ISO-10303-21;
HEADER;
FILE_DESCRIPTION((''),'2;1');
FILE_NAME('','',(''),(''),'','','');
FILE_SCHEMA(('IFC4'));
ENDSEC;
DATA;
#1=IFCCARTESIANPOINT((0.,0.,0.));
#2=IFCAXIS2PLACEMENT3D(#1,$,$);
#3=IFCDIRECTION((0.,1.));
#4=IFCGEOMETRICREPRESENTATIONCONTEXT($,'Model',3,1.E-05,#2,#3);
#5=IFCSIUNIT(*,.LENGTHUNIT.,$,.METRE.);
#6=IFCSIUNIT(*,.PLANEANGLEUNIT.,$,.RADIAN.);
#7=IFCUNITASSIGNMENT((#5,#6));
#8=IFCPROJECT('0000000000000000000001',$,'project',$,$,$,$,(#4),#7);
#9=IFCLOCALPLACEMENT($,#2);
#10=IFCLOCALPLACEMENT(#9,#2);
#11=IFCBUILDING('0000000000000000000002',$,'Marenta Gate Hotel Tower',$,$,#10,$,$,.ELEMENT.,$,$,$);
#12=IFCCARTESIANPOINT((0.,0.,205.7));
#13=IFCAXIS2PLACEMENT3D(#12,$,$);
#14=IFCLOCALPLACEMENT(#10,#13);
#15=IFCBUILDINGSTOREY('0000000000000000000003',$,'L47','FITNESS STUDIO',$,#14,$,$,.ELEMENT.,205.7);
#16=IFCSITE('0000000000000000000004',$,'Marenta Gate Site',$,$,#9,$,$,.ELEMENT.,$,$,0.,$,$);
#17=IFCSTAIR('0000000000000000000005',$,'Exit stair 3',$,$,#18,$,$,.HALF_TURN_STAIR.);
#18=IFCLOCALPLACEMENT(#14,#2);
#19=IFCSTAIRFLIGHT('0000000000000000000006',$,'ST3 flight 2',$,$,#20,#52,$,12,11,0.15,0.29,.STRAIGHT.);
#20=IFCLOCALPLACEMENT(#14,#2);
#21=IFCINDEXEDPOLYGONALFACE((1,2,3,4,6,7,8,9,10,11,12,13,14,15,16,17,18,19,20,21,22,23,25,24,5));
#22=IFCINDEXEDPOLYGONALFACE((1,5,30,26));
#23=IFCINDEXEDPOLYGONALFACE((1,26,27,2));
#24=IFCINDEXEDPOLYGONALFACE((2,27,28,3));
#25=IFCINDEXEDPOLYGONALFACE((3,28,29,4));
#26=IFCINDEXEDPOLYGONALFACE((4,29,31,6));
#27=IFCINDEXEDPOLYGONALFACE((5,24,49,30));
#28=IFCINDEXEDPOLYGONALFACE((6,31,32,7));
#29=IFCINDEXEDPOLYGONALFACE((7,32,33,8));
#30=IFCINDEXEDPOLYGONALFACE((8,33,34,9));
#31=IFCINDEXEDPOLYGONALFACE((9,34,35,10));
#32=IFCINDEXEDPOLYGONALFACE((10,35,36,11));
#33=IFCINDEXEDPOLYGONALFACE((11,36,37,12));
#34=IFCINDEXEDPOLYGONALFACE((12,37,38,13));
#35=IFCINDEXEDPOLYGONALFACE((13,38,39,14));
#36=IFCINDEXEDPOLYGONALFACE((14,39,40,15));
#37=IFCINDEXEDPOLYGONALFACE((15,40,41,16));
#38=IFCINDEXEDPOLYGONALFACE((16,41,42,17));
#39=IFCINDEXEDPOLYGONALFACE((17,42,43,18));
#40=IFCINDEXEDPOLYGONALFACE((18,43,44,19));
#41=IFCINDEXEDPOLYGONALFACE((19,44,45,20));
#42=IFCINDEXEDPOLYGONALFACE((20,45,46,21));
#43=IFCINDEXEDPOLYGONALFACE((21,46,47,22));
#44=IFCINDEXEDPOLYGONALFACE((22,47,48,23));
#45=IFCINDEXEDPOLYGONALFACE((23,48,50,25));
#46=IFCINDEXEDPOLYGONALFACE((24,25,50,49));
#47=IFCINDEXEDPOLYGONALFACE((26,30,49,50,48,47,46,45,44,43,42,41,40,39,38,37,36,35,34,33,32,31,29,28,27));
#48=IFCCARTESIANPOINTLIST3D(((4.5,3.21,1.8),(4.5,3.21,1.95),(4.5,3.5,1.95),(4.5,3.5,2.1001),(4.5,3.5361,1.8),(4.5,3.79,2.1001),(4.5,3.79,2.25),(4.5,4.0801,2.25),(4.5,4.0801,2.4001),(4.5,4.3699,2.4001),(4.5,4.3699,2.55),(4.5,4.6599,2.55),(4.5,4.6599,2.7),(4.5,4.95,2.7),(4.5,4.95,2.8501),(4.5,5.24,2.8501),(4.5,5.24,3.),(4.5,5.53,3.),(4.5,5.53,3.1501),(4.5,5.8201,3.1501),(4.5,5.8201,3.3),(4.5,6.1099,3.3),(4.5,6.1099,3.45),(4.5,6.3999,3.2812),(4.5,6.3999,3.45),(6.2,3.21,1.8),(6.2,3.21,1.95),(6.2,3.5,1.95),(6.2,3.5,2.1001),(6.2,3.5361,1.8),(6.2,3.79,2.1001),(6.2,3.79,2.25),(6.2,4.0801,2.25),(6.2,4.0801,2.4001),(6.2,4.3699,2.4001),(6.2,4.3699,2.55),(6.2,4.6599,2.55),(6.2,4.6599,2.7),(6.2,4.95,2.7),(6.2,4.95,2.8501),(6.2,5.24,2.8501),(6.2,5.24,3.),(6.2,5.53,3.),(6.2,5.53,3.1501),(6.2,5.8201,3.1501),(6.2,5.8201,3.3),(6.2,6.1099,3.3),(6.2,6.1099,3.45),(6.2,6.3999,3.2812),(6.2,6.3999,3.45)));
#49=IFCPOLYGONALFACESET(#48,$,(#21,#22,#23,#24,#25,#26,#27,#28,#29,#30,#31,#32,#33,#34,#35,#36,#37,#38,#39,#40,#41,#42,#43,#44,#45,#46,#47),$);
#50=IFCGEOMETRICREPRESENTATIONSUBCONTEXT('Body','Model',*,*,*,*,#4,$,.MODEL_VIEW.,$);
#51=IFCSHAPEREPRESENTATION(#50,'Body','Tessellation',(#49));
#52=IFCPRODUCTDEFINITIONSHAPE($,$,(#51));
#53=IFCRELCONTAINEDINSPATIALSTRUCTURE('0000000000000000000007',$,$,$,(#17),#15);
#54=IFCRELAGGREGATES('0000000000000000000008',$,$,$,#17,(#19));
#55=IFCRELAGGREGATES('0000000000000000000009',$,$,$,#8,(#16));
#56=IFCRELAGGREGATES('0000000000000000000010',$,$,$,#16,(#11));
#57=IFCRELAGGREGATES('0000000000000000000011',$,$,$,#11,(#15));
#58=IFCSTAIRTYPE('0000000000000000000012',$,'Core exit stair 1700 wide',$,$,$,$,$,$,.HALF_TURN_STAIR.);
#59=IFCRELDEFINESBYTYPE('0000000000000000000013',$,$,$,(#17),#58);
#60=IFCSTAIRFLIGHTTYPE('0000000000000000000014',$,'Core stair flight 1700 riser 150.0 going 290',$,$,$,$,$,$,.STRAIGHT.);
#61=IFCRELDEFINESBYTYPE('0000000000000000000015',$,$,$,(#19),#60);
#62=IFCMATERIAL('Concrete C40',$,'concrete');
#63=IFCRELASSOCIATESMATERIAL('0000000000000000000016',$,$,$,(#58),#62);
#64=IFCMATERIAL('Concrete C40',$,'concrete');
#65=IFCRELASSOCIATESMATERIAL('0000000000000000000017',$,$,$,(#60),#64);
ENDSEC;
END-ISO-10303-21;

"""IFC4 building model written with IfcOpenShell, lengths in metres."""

from ifc_helpers import new_model, si_unit, direction, frame, origin, place, context, subcontext, project, spatial, polyline, outline, extrude, material, type_object, element, aggregate, save


model = new_model("IFC4")

# Units and contexts
model_context = context("Model", 3, precision=1e-05, world=origin(), true_north=direction((0.0, 1.0)))
body_context = subcontext(model_context, "Body", "Model", "MODEL_VIEW")
ifc_project = project(units=[si_unit("LENGTHUNIT", "METRE"), si_unit("PLANEANGLEUNIT", "RADIAN")], contexts=[model_context])

# Site, building, storey
site_placement = place(None, origin())
site = spatial("IfcSite", under=ifc_project, at=site_placement, Name="Marenta Gate Site", CompositionType="ELEMENT", RefElevation=0.0)
building_placement = place(site_placement, origin())
building = spatial("IfcBuilding", under=site, at=building_placement, Name="Marenta Gate Hotel Tower", CompositionType="ELEMENT")
storey_placement = place(building_placement, frame((0.0, 0.0, 205.7)))
storey = spatial("IfcBuildingStorey", under=building, at=storey_placement, Name="L47", Description="FITNESS STUDIO", CompositionType="ELEMENT", Elevation=205.7)

# Stair, stair flight
ifc_material_1 = material(Name="Concrete C40", Category="concrete")
stair_type = type_object("IfcStairType", Name="Core exit stair 1700 wide", PredefinedType="HALF_TURN_STAIR", material=ifc_material_1)
stair_placement = place(storey_placement, origin())
stair = element("IfcStair", 1, at=stair_placement, inside=storey, type_object=stair_type, Name="Exit stair 3", PredefinedType="HALF_TURN_STAIR")
ifc_material_2 = material(Name="Concrete C40", Category="concrete")
stair_flight_type = type_object("IfcStairFlightType", Name="Core stair flight 1700 riser 150.0 going 290", PredefinedType="STRAIGHT", material=ifc_material_2)
stair_flight_1_placement = place(storey_placement, frame((5.3501, 3.21, 1.8), z_axis=(0.0, 0.0, 1.0), x_axis=(0.0, 1.0, 0.0)))
stair_flight_1 = element("IfcStairFlight", 2, at=stair_flight_1_placement, type_object=stair_flight_type, Name="ST3 flight 2", NumberOfRisers=12, NumberOfTreads=11, PredefinedType="STRAIGHT", RiserHeight=0.15, TreadLength=0.29, context=body_context, shape_type="SweptSolid", body=[
    extrude(outline(polyline([(0.0, 0.0), (0.0, 0.1499), (0.29, 0.1499), (0.29, 0.3), (0.5801, 0.3), (0.5801, 0.45), (0.8701, 0.45), (0.8701, 0.6001), (1.1599, 0.6001), (1.1599, 0.75), (1.45, 0.75), (1.45, 0.8999), (1.74, 0.8999), (1.74, 1.05), (2.03, 1.05), (2.03, 1.2), (2.3201, 1.2), (2.3201, 1.3501), (2.6101, 1.3501), (2.6101, 1.5), (2.8999, 1.5), (2.8999, 1.6499), (3.1899, 1.6499), (3.1899, 1.8), (3.1899, 1.4812), (0.3262, 0.0), (0.0, 0.0)])), frame((0.0, 0.8501, 0.0), z_axis=(0.0, -1.0, 0.0), x_axis=(1.0, 0.0, 0.0)), (0.0, 0.0, 1.0), 1.7),
])
aggregate(stair, [stair_flight_1])

save(model, "model.ifc")
